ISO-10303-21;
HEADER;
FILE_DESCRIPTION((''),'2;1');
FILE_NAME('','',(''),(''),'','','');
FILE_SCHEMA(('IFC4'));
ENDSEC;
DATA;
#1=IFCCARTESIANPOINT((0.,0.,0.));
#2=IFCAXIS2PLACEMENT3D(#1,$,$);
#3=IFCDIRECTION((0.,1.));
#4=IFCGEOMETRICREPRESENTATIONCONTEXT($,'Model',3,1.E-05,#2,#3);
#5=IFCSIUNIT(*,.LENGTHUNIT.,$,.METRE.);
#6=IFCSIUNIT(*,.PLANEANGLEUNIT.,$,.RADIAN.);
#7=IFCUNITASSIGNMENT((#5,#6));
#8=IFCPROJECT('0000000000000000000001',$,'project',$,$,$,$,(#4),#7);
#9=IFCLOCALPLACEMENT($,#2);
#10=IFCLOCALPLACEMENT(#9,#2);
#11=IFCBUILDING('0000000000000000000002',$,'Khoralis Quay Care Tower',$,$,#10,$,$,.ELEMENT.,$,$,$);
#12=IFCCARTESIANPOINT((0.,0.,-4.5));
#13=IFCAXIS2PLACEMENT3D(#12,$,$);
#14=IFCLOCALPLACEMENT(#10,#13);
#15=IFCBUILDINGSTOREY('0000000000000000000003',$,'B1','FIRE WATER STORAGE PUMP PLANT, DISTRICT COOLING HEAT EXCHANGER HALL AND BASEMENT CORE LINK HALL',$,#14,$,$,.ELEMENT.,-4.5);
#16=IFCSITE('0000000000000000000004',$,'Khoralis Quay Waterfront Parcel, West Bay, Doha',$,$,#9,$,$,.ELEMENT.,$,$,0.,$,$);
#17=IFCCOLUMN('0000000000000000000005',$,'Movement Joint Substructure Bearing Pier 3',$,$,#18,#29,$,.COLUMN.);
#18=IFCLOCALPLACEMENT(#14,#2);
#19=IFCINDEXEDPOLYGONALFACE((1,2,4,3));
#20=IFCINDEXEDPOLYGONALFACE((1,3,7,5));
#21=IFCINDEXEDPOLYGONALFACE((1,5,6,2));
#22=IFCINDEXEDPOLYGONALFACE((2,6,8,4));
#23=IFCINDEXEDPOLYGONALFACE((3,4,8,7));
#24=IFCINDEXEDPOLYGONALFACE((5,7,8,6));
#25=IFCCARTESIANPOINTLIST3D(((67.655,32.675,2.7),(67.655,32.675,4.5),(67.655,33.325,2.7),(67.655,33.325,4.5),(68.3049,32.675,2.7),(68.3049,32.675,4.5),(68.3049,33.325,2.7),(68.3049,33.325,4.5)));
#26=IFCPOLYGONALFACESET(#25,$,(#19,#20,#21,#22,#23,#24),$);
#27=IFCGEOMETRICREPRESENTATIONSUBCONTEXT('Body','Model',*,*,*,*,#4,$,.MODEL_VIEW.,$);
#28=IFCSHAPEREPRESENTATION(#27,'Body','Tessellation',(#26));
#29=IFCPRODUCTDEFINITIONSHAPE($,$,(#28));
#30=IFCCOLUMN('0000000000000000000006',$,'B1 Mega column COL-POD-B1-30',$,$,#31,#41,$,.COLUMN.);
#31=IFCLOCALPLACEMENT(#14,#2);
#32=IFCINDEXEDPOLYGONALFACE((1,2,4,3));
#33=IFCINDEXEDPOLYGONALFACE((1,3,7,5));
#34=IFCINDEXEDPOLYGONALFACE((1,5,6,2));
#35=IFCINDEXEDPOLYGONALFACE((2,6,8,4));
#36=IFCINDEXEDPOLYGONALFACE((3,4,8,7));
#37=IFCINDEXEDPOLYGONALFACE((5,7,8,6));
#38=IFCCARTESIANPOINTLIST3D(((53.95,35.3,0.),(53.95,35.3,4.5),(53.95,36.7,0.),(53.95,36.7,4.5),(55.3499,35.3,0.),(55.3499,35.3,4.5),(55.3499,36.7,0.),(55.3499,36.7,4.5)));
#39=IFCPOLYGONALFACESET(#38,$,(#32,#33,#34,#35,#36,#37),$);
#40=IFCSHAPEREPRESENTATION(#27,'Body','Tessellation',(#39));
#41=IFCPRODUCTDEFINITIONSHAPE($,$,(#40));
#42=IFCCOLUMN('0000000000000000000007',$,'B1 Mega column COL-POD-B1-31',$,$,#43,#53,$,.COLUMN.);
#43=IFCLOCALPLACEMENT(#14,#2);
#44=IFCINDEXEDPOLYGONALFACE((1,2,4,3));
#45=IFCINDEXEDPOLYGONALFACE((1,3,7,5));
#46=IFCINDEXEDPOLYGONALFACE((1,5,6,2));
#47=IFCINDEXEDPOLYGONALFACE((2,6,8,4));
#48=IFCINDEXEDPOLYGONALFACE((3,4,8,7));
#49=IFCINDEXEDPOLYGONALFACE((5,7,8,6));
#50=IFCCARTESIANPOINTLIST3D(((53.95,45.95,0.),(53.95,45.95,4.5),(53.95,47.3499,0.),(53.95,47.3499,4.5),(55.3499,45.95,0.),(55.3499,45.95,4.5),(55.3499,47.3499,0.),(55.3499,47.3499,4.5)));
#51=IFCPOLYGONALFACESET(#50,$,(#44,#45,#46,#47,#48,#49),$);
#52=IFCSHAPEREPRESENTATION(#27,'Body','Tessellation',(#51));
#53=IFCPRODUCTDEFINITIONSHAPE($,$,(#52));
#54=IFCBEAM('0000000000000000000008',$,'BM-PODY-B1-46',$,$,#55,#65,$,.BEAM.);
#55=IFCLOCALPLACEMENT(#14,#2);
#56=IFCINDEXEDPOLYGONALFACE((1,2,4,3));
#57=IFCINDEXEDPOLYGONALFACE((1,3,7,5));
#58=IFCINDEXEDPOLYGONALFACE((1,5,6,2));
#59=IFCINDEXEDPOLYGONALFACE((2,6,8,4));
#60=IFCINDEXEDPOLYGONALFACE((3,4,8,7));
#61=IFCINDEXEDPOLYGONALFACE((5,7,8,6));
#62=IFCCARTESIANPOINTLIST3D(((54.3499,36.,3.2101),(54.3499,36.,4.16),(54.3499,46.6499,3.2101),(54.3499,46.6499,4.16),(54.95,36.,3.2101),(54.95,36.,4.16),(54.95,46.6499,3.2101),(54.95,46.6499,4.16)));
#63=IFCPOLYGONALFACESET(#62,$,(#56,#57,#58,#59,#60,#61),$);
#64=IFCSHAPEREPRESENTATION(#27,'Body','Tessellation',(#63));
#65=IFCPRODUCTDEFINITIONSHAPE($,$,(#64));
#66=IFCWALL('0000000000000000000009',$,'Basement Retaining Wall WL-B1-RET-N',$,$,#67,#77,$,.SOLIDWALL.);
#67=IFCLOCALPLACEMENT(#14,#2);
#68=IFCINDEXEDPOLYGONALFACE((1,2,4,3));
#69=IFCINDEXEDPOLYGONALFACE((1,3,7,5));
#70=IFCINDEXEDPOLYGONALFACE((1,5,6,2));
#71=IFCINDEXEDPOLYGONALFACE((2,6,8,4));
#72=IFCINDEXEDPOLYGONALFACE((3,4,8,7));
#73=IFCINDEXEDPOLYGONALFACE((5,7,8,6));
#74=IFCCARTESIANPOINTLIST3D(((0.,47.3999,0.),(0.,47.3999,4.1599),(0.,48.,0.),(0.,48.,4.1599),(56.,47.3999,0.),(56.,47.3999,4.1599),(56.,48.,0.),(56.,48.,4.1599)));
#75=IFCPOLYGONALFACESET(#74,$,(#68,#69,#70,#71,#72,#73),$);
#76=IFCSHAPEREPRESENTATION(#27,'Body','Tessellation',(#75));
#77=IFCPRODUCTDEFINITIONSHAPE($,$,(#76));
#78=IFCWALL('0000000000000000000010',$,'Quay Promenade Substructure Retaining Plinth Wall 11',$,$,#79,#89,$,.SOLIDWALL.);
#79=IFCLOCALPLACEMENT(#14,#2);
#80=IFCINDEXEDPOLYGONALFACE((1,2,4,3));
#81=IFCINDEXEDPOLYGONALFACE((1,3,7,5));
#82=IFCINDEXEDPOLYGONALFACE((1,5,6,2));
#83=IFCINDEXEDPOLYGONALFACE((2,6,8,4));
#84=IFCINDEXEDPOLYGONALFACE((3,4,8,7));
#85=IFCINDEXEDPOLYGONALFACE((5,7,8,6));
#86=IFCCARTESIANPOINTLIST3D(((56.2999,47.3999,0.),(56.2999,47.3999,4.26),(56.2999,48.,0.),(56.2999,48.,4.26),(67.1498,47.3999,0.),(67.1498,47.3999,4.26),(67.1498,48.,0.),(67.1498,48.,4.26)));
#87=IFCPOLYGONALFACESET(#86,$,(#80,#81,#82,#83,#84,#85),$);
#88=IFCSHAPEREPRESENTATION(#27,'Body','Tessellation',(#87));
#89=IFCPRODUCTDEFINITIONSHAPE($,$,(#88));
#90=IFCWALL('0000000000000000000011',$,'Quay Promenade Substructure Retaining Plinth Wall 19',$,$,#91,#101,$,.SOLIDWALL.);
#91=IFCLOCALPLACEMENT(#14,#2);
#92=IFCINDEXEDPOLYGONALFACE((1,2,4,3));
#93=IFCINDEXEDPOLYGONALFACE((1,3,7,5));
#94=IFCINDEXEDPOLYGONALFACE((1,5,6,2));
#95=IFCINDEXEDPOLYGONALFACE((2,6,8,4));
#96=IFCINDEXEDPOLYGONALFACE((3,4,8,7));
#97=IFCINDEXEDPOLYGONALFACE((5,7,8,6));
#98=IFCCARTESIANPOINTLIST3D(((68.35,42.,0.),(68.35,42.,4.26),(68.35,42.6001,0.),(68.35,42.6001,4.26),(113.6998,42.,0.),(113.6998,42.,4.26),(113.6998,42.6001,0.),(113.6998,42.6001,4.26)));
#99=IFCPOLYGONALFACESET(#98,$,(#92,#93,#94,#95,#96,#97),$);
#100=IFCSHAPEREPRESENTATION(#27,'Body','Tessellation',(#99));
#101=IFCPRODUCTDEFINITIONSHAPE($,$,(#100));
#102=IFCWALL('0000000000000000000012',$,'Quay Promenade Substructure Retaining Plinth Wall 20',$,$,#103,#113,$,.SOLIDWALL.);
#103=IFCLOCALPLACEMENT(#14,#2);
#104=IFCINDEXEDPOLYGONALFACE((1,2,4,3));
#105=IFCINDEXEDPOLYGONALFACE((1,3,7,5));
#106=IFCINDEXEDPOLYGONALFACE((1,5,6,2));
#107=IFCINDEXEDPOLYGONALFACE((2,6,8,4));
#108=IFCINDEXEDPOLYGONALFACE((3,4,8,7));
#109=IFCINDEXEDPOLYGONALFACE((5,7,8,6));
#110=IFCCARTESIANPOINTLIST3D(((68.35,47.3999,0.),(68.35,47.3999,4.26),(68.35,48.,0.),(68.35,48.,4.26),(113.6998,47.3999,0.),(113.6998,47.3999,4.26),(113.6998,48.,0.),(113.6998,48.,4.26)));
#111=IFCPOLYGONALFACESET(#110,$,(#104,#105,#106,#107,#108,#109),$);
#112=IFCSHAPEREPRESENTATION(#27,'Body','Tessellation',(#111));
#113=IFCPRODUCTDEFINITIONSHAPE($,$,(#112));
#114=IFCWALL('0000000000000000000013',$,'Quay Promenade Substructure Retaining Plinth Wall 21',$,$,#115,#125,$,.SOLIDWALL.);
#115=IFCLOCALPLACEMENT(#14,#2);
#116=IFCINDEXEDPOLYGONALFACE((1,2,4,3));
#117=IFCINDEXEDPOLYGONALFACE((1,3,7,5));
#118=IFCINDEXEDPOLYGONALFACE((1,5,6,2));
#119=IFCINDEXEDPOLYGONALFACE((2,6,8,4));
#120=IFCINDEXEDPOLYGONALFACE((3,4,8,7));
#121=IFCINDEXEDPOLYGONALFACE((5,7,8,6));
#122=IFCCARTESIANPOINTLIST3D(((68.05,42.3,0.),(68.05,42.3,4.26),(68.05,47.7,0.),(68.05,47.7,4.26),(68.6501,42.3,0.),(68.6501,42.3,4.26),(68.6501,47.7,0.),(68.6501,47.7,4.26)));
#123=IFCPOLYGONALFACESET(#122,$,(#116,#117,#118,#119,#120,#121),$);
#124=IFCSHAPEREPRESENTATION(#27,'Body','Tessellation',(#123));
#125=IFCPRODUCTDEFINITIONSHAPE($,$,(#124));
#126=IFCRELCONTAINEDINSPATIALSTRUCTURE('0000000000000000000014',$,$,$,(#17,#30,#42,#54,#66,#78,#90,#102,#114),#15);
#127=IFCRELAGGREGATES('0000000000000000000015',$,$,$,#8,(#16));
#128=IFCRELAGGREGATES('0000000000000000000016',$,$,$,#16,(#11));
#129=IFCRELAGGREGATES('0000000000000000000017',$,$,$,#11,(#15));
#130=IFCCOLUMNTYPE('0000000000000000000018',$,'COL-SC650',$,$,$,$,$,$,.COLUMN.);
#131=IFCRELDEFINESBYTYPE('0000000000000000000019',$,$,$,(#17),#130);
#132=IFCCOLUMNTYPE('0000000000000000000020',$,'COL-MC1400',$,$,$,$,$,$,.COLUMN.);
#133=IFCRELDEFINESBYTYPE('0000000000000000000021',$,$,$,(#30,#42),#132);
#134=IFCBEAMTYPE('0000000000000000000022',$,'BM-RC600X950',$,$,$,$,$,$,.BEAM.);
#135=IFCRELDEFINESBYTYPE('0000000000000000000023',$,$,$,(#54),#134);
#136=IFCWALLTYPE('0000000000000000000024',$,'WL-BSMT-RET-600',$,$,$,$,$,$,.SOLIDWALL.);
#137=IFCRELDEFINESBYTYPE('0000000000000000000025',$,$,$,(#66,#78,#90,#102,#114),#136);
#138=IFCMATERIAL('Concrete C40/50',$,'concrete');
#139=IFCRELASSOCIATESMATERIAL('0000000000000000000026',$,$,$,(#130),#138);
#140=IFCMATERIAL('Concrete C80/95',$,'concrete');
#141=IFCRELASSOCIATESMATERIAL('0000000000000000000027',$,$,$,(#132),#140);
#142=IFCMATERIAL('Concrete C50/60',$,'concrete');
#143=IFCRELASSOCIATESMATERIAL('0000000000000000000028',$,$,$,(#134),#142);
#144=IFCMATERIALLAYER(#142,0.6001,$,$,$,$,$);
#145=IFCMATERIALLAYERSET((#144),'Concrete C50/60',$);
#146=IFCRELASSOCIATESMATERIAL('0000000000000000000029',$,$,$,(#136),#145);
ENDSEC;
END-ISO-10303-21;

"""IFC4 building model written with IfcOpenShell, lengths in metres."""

from ifc_helpers import new_model, si_unit, direction, frame, frame_2d, origin, origin_2d, place, context, subcontext, project, spatial, rectangle, extrude, source, transform, mapped, material, layer, layer_set, material_profile, profile_set, type_object, element, save


model = new_model("IFC4")

# Units and contexts
model_context = context("Model", 3, precision=1e-05, world=origin(), true_north=direction((0.0, 1.0)))
body_context = subcontext(model_context, "Body", "Model", "MODEL_VIEW")
ifc_project = project(units=[si_unit("LENGTHUNIT", "METRE"), si_unit("PLANEANGLEUNIT", "RADIAN")], contexts=[model_context])

# Site, building, storey
site_placement = place(None, origin())
site = spatial("IfcSite", under=ifc_project, at=site_placement, Name="Khoralis Quay Waterfront Parcel, West Bay, Doha", CompositionType="ELEMENT", RefElevation=0.0)
building_placement = place(site_placement, origin())
building = spatial("IfcBuilding", under=site, at=building_placement, Name="Khoralis Quay Care Tower", CompositionType="ELEMENT")
storey_placement = place(building_placement, frame((0.0, 0.0, -4.5)))
storey = spatial("IfcBuildingStorey", under=building, at=storey_placement, Name="B1", Description="FIRE WATER STORAGE PUMP PLANT, DISTRICT COOLING HEAT EXCHANGER HALL AND BASEMENT CORE LINK HALL", CompositionType="ELEMENT", Elevation=-4.5)

# Shared definitions
ifc_material_1 = material(Name="Concrete C50/60", Category="concrete")

# Columns
ifc_material_2 = material(Name="Concrete C40/50", Category="concrete")
ifc_material_profile_1 = material_profile(ifc_material_2, rectangle(XDim=0.6499, YDim=0.6499, at=origin_2d()), Name="Concrete C40/50")
ifc_profile_set_1 = profile_set([ifc_material_profile_1], Name="Concrete C40/50")
column_type_1 = type_object("IfcColumnType", Name="COL-SC650", PredefinedType="COLUMN", material=ifc_profile_set_1)
shared_shape_1 = source(origin(), body_context, "Body", "SweptSolid", [
    extrude(rectangle(XDim=0.6499, YDim=0.6499, at=origin_2d()), origin(), (0.0, 0.0, 1.0), 1.8),
])
column_1_placement = place(storey_placement, frame((67.98, 33.0, 2.7), z_axis=(0.0, 0.0, 1.0), x_axis=(1.0, 0.0, 0.0)))
element("IfcColumn", 1, at=column_1_placement, inside=storey, type_object=column_type_1, Name="Movement Joint Substructure Bearing Pier 3", PredefinedType="COLUMN", context=body_context, shape_type="MappedRepresentation", body=[
    mapped(shared_shape_1, transform((0.0, 0.0, 0.0), scale=1.0)),
])
ifc_material_3 = material(Name="Concrete C80/95", Category="concrete")
ifc_material_profile_2 = material_profile(ifc_material_3, rectangle(XDim=1.3999, YDim=1.3999, at=origin_2d()), Name="Concrete C80/95")
ifc_profile_set_2 = profile_set([ifc_material_profile_2], Name="Concrete C80/95")
column_type_2 = type_object("IfcColumnType", Name="COL-MC1400", PredefinedType="COLUMN", material=ifc_profile_set_2)
shared_shape_2 = source(origin(), body_context, "Body", "SweptSolid", [
    extrude(rectangle(XDim=1.3999, YDim=1.3999, at=origin_2d()), origin(), (0.0, 0.0, 1.0), 4.5),
])
for number, where, z_axis, x_axis, name in (
    (2, (54.6499, 36.0, 0.0), (0.0, 0.0, 1.0), (1.0, 0.0, 0.0), "B1 Mega column COL-POD-B1-30"),
    (3, (54.6499, 46.6499, 0.0), (0.0, 0.0, 1.0), (1.0, 0.0, 0.0), "B1 Mega column COL-POD-B1-31"),
):
    element("IfcColumn", number, at=place(storey_placement, frame(where, z_axis=z_axis, x_axis=x_axis)), inside=storey, type_object=column_type_2, Name=name, PredefinedType="COLUMN", context=body_context, shape_type="MappedRepresentation", body=[
        mapped(shared_shape_2, transform((0.0, 0.0, 0.0), scale=1.0)),
    ])

# Beam
ifc_material_profile_3 = material_profile(ifc_material_1, rectangle(XDim=0.6001, YDim=0.95, at=origin_2d()), Name="Concrete C50/60")
ifc_profile_set_3 = profile_set([ifc_material_profile_3], Name="Concrete C50/60")
beam_type = type_object("IfcBeamType", Name="BM-RC600X950", PredefinedType="BEAM", material=ifc_profile_set_3)
shared_shape_3 = source(origin(), body_context, "Body", "SweptSolid", [
    extrude(rectangle(XDim=0.6001, YDim=0.95, at=origin_2d()), origin(), (0.0, 0.0, 1.0), 10.6499),
])
beam_placement = place(storey_placement, frame((54.6499, 36.0, 3.6851), z_axis=(0.0, 1.0, 0.0), x_axis=(-1.0, 0.0, 0.0)))
element("IfcBeam", 4, at=beam_placement, inside=storey, type_object=beam_type, Name="BM-PODY-B1-46", PredefinedType="BEAM", context=body_context, shape_type="MappedRepresentation", body=[
    mapped(shared_shape_3, transform((0.0, 0.0, 0.0), scale=1.0)),
])

# Walls
ifc_layer = layer(ifc_material_1, 0.6001)
ifc_layer_set = layer_set([ifc_layer], Name="Concrete C50/60")
wall_type = type_object("IfcWallType", Name="WL-BSMT-RET-600", PredefinedType="SOLIDWALL", material=ifc_layer_set)
wall_1_placement = place(storey_placement, frame((56.0, 47.7, 0.0), z_axis=(0.0, 0.0, 1.0), x_axis=(-1.0, 0.0, 0.0)))
element("IfcWall", 5, at=wall_1_placement, inside=storey, type_object=wall_type, Name="Basement Retaining Wall WL-B1-RET-N", PredefinedType="SOLIDWALL", context=body_context, shape_type="SweptSolid", body=[
    extrude(rectangle(XDim=56.0, YDim=0.6001, at=frame_2d((28.0, 0.0))), origin(), (0.0, 0.0, 1.0), 4.1599),
])
wall_2_placement = place(storey_placement, frame((56.3, 47.7, 0.0), z_axis=(0.0, 0.0, 1.0), x_axis=(1.0, 0.0, 0.0)))
element("IfcWall", 6, at=wall_2_placement, inside=storey, type_object=wall_type, Name="Quay Promenade Substructure Retaining Plinth Wall 11", PredefinedType="SOLIDWALL", context=body_context, shape_type="SweptSolid", body=[
    extrude(rectangle(XDim=10.8499, YDim=0.6001, at=frame_2d((5.4248, 0.0))), origin(), (0.0, 0.0, 1.0), 4.26),
])
for number, where, z_axis, x_axis, name in (
    (7, (68.3501, 42.3, 0.0), (0.0, 0.0, 1.0), (1.0, 0.0, 0.0), "Quay Promenade Substructure Retaining Plinth Wall 19"),
    (8, (68.3501, 47.7, 0.0), (0.0, 0.0, 1.0), (1.0, 0.0, 0.0), "Quay Promenade Substructure Retaining Plinth Wall 20"),
):
    element("IfcWall", number, at=place(storey_placement, frame(where, z_axis=z_axis, x_axis=x_axis)), inside=storey, type_object=wall_type, Name=name, PredefinedType="SOLIDWALL", context=body_context, shape_type="SweptSolid", body=[
        extrude(rectangle(XDim=45.3499, YDim=0.6001, at=frame_2d((22.6748, 0.0))), origin(), (0.0, 0.0, 1.0), 4.26),
    ])
wall_3_placement = place(storey_placement, frame((68.3501, 42.3, 0.0), z_axis=(0.0, 0.0, 1.0), x_axis=(0.0, 1.0, 0.0)))
element("IfcWall", 9, at=wall_3_placement, inside=storey, type_object=wall_type, Name="Quay Promenade Substructure Retaining Plinth Wall 21", PredefinedType="SOLIDWALL", context=body_context, shape_type="SweptSolid", body=[
    extrude(rectangle(XDim=5.3999, YDim=0.6001, at=frame_2d((2.7, 0.0))), origin(), (0.0, 0.0, 1.0), 4.26),
])

save(model, "model.ifc")
